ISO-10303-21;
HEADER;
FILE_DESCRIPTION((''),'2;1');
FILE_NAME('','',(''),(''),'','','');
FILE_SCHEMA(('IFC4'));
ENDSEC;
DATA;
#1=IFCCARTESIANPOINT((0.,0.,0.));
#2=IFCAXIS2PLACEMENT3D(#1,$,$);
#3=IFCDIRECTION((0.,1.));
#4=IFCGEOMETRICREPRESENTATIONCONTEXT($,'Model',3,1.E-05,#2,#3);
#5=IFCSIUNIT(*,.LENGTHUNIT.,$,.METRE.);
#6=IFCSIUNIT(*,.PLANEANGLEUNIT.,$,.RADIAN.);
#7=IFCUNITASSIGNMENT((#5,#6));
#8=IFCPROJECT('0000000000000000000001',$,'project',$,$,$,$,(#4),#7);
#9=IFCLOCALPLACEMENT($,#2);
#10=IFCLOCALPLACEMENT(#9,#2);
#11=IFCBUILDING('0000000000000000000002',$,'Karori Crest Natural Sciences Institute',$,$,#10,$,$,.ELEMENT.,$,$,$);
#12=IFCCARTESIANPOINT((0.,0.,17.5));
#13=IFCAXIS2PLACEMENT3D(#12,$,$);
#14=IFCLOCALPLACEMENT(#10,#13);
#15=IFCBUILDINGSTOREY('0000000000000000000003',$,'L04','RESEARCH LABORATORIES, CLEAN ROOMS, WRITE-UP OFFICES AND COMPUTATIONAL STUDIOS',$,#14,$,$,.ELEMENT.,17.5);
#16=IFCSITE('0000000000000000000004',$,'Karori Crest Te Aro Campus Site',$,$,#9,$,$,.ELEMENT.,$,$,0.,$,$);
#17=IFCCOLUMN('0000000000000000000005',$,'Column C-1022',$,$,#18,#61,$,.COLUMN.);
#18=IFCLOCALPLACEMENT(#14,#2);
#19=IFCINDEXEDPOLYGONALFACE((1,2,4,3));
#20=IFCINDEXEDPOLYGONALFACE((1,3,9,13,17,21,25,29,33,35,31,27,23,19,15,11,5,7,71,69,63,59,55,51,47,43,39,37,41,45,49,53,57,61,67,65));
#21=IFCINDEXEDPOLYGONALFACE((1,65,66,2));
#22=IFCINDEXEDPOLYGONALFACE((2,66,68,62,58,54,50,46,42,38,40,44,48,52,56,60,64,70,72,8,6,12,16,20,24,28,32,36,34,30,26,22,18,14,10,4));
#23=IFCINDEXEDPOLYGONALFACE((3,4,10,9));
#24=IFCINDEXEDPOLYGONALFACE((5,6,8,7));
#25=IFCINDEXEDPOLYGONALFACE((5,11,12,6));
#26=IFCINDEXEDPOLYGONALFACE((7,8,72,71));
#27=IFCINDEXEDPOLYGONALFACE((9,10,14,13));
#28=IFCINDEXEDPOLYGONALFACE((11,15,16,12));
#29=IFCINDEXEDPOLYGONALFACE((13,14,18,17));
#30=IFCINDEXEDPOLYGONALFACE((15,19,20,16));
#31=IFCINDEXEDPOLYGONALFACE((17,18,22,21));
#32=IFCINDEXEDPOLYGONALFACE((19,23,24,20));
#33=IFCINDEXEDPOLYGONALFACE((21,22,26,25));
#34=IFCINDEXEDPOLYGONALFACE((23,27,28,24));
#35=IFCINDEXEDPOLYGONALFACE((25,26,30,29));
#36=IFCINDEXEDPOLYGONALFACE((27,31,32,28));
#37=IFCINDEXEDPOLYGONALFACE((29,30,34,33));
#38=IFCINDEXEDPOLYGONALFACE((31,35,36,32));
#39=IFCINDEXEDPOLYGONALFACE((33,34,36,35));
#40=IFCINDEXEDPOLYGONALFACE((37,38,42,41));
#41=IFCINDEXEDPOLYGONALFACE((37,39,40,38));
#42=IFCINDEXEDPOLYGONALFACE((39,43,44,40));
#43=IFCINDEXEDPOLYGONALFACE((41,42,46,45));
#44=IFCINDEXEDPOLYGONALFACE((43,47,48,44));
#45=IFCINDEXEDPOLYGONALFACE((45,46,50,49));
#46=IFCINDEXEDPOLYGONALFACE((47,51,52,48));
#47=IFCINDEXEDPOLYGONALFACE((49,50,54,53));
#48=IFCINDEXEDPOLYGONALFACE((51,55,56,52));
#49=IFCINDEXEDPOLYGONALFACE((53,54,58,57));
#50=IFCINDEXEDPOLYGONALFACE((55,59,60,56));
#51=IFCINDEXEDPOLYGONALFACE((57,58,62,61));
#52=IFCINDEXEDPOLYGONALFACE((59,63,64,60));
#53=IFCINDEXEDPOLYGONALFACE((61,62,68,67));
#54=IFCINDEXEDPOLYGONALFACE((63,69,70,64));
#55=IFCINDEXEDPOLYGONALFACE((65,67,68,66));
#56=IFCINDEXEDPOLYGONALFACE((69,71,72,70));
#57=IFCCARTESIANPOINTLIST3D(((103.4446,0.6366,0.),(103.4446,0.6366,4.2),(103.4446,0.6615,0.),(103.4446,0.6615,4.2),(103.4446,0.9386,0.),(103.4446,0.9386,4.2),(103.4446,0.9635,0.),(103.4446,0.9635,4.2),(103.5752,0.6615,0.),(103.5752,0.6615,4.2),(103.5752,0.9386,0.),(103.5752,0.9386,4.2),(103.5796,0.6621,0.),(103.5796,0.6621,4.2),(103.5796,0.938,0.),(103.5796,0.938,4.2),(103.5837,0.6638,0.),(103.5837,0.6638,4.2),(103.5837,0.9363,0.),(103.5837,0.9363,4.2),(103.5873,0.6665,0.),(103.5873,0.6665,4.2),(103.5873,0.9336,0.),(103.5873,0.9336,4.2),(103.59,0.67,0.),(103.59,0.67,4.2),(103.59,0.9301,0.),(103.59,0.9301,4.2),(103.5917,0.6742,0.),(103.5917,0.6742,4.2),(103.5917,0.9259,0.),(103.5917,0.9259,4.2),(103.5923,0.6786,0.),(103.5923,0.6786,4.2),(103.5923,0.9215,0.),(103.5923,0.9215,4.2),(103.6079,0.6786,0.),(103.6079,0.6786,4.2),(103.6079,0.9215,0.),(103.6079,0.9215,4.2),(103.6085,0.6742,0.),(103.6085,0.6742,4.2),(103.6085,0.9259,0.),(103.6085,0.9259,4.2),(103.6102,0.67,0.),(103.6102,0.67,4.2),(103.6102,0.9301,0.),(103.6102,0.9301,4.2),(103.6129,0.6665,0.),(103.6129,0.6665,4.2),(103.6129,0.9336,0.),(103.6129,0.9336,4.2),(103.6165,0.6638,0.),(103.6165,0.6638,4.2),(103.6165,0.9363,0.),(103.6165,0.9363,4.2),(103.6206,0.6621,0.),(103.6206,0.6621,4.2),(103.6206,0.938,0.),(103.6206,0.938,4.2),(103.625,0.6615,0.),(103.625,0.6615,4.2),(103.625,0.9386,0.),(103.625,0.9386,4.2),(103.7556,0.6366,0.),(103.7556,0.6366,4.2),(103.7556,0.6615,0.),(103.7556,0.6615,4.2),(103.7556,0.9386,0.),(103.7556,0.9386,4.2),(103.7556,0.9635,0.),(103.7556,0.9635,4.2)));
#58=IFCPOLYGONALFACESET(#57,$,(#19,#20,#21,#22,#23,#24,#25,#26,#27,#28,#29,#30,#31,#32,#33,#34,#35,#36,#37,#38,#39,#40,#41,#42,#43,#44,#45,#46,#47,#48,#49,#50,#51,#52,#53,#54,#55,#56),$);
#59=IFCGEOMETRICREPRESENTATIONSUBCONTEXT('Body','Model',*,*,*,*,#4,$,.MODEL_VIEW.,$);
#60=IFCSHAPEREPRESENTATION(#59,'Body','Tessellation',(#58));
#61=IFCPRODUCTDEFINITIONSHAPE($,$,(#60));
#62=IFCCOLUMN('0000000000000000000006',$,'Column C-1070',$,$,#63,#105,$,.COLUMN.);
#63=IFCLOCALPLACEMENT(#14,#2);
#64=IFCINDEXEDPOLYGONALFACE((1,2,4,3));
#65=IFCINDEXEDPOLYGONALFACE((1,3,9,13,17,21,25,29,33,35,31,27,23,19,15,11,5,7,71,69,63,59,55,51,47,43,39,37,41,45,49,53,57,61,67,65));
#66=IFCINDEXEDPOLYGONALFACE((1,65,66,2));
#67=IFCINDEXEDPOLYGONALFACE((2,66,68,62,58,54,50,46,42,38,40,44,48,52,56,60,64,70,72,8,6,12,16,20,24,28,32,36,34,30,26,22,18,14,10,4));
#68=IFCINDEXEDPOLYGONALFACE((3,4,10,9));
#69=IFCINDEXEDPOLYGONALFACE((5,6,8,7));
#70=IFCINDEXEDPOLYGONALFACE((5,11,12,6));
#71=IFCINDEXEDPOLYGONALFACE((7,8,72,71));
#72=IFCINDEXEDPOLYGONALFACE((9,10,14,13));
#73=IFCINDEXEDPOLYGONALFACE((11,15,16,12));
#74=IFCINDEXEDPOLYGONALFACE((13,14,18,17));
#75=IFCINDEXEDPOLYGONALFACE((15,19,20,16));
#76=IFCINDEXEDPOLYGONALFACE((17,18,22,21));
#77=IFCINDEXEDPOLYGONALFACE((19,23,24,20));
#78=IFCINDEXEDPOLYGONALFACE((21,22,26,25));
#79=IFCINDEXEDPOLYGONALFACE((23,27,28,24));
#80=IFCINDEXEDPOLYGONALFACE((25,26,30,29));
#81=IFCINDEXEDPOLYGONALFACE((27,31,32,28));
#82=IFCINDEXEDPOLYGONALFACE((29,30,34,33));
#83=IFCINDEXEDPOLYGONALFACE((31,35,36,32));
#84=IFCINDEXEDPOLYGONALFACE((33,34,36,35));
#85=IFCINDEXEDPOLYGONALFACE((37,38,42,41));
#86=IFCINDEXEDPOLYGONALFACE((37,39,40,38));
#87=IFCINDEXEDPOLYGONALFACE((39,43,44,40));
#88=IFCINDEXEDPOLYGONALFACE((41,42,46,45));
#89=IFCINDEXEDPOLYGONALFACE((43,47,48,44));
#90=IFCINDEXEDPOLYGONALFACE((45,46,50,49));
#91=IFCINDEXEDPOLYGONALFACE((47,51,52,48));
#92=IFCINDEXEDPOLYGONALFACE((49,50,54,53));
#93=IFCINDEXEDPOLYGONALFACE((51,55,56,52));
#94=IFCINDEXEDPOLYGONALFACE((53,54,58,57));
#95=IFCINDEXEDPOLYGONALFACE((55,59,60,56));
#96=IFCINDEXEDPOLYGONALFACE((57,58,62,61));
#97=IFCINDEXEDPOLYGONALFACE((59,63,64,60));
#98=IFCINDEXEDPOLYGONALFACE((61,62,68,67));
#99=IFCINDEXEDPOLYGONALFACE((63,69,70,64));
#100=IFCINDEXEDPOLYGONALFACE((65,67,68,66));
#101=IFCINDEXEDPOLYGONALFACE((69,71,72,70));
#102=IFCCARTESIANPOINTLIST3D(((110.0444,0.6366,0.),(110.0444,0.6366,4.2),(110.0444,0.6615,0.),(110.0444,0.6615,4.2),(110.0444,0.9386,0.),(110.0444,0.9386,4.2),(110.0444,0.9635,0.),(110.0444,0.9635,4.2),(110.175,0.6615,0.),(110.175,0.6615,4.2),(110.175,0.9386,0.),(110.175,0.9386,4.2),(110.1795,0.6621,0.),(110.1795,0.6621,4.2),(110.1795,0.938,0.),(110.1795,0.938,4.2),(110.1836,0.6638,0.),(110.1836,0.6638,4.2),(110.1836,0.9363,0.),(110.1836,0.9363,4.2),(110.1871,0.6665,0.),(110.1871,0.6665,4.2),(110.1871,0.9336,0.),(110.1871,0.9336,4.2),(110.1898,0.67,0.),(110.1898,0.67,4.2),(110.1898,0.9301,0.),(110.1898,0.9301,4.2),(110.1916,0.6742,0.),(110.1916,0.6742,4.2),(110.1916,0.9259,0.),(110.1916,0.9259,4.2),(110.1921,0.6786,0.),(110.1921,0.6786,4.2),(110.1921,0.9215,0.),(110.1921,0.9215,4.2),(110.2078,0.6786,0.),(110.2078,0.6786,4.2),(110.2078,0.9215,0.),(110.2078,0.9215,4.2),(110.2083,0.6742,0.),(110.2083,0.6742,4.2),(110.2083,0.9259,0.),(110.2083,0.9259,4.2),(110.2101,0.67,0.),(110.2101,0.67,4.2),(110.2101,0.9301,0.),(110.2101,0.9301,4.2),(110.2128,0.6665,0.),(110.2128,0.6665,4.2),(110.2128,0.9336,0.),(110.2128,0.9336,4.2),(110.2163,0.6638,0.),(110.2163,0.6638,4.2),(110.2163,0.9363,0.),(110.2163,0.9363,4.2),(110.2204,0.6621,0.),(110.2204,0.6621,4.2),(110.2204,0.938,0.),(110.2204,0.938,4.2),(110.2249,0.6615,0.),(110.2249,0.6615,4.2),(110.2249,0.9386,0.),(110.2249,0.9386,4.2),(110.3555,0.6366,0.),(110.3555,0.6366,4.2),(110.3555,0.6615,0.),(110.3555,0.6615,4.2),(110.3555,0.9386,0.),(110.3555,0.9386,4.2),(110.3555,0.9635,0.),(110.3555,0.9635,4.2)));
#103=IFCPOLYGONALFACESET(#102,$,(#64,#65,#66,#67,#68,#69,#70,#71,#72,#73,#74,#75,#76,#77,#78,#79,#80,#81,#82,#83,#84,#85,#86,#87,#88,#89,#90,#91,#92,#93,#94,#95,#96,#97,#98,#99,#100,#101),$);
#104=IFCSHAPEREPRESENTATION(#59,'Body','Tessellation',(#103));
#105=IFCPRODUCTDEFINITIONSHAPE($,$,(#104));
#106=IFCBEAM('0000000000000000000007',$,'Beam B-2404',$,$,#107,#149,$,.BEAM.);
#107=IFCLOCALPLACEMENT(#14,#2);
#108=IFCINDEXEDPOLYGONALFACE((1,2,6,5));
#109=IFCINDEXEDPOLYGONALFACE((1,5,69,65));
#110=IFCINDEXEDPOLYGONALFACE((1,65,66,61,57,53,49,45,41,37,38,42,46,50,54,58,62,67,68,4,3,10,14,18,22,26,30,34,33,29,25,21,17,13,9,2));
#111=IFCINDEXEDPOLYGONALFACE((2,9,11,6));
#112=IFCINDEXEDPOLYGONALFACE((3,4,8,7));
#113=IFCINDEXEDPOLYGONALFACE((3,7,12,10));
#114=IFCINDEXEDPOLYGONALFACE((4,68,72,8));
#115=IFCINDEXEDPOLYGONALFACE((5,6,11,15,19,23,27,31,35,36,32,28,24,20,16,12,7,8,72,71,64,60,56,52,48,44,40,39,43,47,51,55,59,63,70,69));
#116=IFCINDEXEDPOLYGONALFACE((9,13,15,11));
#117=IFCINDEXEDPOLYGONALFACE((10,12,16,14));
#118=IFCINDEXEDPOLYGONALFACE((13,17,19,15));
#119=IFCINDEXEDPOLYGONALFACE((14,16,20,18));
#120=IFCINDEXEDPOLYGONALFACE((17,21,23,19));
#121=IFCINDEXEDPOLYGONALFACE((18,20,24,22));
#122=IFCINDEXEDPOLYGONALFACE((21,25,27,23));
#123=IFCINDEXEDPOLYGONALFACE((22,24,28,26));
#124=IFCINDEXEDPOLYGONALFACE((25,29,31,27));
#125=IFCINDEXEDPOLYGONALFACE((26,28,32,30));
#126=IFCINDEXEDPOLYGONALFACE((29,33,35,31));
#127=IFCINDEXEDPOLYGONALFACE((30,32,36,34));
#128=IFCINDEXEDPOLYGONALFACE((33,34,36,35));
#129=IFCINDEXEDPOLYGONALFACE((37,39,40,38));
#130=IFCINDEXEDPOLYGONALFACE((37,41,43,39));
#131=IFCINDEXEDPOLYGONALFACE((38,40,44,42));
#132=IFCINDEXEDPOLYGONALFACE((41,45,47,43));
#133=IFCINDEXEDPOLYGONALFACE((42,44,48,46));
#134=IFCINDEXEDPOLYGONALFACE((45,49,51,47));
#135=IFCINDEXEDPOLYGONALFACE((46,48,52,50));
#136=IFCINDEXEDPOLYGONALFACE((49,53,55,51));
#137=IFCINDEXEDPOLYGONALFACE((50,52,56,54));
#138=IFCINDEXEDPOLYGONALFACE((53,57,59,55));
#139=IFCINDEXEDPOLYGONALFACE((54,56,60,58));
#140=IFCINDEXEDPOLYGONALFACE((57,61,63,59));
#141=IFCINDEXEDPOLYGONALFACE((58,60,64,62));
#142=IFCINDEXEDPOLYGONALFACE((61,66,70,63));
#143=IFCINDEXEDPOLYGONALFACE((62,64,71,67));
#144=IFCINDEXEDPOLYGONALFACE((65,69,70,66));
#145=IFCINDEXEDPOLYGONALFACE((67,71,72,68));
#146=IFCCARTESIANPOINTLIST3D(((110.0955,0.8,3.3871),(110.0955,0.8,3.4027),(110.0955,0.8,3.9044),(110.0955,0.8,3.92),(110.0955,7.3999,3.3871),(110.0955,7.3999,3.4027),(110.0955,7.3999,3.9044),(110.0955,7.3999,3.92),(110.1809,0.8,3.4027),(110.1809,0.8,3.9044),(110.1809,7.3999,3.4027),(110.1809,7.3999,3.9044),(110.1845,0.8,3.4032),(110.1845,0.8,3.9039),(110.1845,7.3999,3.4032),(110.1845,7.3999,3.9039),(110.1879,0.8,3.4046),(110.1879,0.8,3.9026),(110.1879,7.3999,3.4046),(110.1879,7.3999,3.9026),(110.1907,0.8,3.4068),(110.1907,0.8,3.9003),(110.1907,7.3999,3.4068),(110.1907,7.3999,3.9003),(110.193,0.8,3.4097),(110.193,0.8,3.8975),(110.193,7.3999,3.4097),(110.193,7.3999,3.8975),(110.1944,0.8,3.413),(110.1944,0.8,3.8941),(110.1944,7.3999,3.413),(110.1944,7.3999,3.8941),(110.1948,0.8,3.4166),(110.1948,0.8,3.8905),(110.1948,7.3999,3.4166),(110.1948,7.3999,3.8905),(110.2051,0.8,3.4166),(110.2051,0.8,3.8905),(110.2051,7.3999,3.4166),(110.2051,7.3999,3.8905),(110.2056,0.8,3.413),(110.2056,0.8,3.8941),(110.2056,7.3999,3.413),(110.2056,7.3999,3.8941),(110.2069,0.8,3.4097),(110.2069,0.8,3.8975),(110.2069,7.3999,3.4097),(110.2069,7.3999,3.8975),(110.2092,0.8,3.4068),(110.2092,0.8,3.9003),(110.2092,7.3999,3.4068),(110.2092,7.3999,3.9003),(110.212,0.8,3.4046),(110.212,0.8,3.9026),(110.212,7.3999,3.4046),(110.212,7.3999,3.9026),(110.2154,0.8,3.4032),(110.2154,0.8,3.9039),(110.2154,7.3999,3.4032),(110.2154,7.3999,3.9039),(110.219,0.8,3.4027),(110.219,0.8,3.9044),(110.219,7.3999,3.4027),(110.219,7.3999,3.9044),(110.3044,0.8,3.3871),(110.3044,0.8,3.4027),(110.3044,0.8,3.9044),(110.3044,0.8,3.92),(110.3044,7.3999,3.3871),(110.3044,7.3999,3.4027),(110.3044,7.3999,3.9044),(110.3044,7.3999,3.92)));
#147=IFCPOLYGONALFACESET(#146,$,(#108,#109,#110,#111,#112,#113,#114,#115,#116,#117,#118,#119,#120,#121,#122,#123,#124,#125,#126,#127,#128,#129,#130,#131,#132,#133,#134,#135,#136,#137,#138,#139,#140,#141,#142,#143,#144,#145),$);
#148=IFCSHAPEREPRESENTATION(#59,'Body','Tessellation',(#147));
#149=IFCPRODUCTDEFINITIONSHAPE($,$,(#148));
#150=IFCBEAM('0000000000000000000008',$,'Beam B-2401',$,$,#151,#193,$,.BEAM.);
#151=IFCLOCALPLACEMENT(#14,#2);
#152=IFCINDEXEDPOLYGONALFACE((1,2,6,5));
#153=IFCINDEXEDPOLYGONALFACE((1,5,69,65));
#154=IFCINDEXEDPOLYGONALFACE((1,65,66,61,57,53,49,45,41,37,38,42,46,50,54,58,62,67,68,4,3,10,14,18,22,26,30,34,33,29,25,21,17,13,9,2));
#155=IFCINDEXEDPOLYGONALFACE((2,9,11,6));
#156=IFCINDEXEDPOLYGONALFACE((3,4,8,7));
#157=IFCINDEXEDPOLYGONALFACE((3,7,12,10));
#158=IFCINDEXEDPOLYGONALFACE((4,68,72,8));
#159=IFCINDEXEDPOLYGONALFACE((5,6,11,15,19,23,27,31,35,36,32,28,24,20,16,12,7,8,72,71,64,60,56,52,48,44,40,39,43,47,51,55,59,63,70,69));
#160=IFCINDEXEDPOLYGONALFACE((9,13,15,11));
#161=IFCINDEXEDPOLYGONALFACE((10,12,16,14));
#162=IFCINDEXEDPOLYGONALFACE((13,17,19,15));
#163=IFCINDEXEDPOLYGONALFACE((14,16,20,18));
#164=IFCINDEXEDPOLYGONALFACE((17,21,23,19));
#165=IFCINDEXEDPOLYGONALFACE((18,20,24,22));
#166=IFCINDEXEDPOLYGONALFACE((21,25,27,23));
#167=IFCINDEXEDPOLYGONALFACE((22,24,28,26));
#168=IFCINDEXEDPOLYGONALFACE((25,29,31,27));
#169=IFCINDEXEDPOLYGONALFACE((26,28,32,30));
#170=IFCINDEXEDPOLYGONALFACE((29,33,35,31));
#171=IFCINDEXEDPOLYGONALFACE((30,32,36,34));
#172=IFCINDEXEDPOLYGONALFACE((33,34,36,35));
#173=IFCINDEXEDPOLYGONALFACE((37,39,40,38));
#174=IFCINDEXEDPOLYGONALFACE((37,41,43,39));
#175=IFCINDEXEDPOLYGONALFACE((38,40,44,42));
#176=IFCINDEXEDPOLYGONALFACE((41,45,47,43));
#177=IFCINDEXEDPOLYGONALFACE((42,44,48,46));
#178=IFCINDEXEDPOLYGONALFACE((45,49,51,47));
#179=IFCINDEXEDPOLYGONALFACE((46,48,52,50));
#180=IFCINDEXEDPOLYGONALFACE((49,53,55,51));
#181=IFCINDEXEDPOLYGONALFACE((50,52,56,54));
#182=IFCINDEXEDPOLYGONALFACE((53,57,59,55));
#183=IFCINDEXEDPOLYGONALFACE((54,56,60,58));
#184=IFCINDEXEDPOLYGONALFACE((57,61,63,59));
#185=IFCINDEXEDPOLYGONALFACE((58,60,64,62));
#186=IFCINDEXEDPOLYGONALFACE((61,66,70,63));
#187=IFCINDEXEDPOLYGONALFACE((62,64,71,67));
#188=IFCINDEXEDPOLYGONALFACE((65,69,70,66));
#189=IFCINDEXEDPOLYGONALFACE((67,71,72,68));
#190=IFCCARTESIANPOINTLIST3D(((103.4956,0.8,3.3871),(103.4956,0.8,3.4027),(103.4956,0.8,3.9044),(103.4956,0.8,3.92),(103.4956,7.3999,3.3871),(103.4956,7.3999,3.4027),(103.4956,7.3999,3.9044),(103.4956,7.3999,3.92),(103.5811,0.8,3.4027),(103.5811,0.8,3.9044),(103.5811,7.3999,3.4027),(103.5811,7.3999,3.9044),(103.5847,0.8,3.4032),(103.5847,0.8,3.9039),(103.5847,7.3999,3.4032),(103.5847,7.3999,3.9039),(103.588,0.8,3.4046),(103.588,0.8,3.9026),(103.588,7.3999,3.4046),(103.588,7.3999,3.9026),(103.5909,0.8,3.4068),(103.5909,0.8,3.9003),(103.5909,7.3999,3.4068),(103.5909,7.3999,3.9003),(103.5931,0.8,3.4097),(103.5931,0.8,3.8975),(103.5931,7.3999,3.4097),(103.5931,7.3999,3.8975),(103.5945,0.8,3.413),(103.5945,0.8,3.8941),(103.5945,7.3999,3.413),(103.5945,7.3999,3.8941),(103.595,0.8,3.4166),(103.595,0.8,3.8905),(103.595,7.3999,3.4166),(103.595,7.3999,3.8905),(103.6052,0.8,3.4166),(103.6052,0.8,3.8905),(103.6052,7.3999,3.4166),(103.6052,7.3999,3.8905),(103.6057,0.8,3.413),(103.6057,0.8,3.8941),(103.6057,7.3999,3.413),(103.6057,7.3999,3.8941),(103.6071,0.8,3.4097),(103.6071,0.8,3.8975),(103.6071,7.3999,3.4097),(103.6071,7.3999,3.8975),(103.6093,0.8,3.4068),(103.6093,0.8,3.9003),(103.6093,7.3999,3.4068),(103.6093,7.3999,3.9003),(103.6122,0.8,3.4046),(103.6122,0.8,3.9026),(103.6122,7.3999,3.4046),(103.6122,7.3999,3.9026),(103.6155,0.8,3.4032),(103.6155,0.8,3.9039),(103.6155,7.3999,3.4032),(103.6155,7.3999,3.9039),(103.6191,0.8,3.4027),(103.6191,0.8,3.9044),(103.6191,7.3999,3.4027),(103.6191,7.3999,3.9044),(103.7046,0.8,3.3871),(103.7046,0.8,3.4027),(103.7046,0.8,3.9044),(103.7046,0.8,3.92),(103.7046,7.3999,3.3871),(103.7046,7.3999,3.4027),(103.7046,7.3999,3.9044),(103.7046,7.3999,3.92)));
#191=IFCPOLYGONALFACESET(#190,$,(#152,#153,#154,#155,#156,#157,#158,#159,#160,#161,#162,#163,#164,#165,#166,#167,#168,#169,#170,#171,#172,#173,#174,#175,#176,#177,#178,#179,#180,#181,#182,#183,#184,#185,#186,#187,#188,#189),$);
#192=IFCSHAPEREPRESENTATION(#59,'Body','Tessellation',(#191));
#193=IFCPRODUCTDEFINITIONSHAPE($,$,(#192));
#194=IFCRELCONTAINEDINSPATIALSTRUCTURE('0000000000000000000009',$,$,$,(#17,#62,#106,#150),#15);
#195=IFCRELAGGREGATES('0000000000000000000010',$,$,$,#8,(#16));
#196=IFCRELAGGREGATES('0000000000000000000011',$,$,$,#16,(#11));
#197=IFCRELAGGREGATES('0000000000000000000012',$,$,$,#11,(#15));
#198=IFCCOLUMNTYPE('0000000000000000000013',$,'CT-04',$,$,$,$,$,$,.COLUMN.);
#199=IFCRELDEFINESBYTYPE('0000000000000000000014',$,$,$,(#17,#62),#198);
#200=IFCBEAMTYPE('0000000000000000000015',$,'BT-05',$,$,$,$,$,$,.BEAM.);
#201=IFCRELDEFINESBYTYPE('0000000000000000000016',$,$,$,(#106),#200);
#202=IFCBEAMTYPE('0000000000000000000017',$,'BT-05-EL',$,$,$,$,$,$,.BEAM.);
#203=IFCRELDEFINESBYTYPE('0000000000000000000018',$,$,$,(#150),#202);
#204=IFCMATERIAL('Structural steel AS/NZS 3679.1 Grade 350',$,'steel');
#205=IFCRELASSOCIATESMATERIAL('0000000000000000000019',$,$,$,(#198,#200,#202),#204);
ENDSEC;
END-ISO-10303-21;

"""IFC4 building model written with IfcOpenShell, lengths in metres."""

from ifc_helpers import new_model, si_unit, direction, frame, origin, origin_2d, place, context, subcontext, project, spatial, i_section, extrude, material, material_profile, profile_set, type_object, element, save


model = new_model("IFC4")

# Units and contexts
model_context = context("Model", 3, precision=1e-05, world=origin(), true_north=direction((0.0, 1.0)))
body_context = subcontext(model_context, "Body", "Model", "MODEL_VIEW")
ifc_project = project(units=[si_unit("LENGTHUNIT", "METRE"), si_unit("PLANEANGLEUNIT", "RADIAN")], contexts=[model_context])

# Site, building, storey
site_placement = place(None, origin())
site = spatial("IfcSite", under=ifc_project, at=site_placement, Name="Karori Crest Te Aro Campus Site", CompositionType="ELEMENT", RefElevation=0.0)
building_placement = place(site_placement, origin())
building = spatial("IfcBuilding", under=site, at=building_placement, Name="Karori Crest Natural Sciences Institute", CompositionType="ELEMENT")
storey_placement = place(building_placement, frame((0.0, 0.0, 17.5)))
storey = spatial("IfcBuildingStorey", under=building, at=storey_placement, Name="L04", Description="RESEARCH LABORATORIES, CLEAN ROOMS, WRITE-UP OFFICES AND COMPUTATIONAL STUDIOS", CompositionType="ELEMENT", Elevation=17.5)

# Columns
ifc_material_1 = material(Name="Structural steel AS/NZS 3679.1 Grade 350", Category="steel")
ifc_material_profile_1 = material_profile(ifc_material_1, i_section(OverallWidth=0.311, OverallDepth=0.3269, WebThickness=0.0156, FlangeThickness=0.0249, FilletRadius=0.0171, at=origin_2d()), Name="310UC158")
ifc_profile_set_1 = profile_set([ifc_material_profile_1], Name="Structural steel AS/NZS 3679.1 Grade 350")
column_type = type_object("IfcColumnType", Name="CT-04", PredefinedType="COLUMN", material=ifc_profile_set_1)
for number, where, z_axis, x_axis, name in (
    (1, (103.6001, 0.8, 0.0), (0.0, 0.0, 1.0), (1.0, 0.0, 0.0), "Column C-1022"),
    (2, (110.2, 0.8, 0.0), (0.0, 0.0, 1.0), (1.0, 0.0, 0.0), "Column C-1070"),
):
    element("IfcColumn", number, at=place(storey_placement, frame(where, z_axis=z_axis, x_axis=x_axis)), inside=storey, type_object=column_type, Name=name, PredefinedType="COLUMN", context=body_context, shape_type="SweptSolid", body=[
        extrude(i_section(OverallWidth=0.311, OverallDepth=0.3269, WebThickness=0.0156, FlangeThickness=0.0249, FilletRadius=0.0171, at=origin_2d()), origin(), (0.0, 0.0, 1.0), 4.2),
    ])

# Beams
ifc_material_profile_2 = material_profile(ifc_material_1, i_section(OverallWidth=0.209, OverallDepth=0.533, WebThickness=0.0103, FlangeThickness=0.0156, FilletRadius=0.0139, at=origin_2d()), Name="530UB92.4")
ifc_profile_set_2 = profile_set([ifc_material_profile_2], Name="Structural steel AS/NZS 3679.1 Grade 350")
beam_type_1 = type_object("IfcBeamType", Name="BT-05", PredefinedType="BEAM", material=ifc_profile_set_2)
beam_1_placement = place(storey_placement, frame((110.2, 0.8, 3.6536), z_axis=(0.0, 1.0, 0.0), x_axis=(-1.0, 0.0, 0.0)))
element("IfcBeam", 3, at=beam_1_placement, inside=storey, type_object=beam_type_1, Name="Beam B-2404", PredefinedType="BEAM", context=body_context, shape_type="SweptSolid", body=[
    extrude(i_section(OverallWidth=0.209, OverallDepth=0.533, WebThickness=0.0103, FlangeThickness=0.0156, FilletRadius=0.0139, at=origin_2d()), origin(), (0.0, 0.0, 1.0), 6.5999),
])
ifc_material_profile_3 = material_profile(ifc_material_1, i_section(OverallWidth=0.209, OverallDepth=0.533, WebThickness=0.0103, FlangeThickness=0.0156, FilletRadius=0.0139, at=origin_2d()), Name="530UB92.4")
ifc_profile_set_3 = profile_set([ifc_material_profile_3], Name="Structural steel AS/NZS 3679.1 Grade 350")
beam_type_2 = type_object("IfcBeamType", Name="BT-05-EL", PredefinedType="BEAM", material=ifc_profile_set_3)
beam_2_placement = place(storey_placement, frame((103.6001, 0.8, 3.6536), z_axis=(0.0, 1.0, 0.0), x_axis=(-1.0, 0.0, 0.0)))
element("IfcBeam", 4, at=beam_2_placement, inside=storey, type_object=beam_type_2, Name="Beam B-2401", PredefinedType="BEAM", context=body_context, shape_type="SweptSolid", body=[
    extrude(i_section(OverallWidth=0.209, OverallDepth=0.533, WebThickness=0.0103, FlangeThickness=0.0156, FilletRadius=0.0139, at=origin_2d()), origin(), (0.0, 0.0, 1.0), 6.5999),
])

save(model, "model.ifc")
